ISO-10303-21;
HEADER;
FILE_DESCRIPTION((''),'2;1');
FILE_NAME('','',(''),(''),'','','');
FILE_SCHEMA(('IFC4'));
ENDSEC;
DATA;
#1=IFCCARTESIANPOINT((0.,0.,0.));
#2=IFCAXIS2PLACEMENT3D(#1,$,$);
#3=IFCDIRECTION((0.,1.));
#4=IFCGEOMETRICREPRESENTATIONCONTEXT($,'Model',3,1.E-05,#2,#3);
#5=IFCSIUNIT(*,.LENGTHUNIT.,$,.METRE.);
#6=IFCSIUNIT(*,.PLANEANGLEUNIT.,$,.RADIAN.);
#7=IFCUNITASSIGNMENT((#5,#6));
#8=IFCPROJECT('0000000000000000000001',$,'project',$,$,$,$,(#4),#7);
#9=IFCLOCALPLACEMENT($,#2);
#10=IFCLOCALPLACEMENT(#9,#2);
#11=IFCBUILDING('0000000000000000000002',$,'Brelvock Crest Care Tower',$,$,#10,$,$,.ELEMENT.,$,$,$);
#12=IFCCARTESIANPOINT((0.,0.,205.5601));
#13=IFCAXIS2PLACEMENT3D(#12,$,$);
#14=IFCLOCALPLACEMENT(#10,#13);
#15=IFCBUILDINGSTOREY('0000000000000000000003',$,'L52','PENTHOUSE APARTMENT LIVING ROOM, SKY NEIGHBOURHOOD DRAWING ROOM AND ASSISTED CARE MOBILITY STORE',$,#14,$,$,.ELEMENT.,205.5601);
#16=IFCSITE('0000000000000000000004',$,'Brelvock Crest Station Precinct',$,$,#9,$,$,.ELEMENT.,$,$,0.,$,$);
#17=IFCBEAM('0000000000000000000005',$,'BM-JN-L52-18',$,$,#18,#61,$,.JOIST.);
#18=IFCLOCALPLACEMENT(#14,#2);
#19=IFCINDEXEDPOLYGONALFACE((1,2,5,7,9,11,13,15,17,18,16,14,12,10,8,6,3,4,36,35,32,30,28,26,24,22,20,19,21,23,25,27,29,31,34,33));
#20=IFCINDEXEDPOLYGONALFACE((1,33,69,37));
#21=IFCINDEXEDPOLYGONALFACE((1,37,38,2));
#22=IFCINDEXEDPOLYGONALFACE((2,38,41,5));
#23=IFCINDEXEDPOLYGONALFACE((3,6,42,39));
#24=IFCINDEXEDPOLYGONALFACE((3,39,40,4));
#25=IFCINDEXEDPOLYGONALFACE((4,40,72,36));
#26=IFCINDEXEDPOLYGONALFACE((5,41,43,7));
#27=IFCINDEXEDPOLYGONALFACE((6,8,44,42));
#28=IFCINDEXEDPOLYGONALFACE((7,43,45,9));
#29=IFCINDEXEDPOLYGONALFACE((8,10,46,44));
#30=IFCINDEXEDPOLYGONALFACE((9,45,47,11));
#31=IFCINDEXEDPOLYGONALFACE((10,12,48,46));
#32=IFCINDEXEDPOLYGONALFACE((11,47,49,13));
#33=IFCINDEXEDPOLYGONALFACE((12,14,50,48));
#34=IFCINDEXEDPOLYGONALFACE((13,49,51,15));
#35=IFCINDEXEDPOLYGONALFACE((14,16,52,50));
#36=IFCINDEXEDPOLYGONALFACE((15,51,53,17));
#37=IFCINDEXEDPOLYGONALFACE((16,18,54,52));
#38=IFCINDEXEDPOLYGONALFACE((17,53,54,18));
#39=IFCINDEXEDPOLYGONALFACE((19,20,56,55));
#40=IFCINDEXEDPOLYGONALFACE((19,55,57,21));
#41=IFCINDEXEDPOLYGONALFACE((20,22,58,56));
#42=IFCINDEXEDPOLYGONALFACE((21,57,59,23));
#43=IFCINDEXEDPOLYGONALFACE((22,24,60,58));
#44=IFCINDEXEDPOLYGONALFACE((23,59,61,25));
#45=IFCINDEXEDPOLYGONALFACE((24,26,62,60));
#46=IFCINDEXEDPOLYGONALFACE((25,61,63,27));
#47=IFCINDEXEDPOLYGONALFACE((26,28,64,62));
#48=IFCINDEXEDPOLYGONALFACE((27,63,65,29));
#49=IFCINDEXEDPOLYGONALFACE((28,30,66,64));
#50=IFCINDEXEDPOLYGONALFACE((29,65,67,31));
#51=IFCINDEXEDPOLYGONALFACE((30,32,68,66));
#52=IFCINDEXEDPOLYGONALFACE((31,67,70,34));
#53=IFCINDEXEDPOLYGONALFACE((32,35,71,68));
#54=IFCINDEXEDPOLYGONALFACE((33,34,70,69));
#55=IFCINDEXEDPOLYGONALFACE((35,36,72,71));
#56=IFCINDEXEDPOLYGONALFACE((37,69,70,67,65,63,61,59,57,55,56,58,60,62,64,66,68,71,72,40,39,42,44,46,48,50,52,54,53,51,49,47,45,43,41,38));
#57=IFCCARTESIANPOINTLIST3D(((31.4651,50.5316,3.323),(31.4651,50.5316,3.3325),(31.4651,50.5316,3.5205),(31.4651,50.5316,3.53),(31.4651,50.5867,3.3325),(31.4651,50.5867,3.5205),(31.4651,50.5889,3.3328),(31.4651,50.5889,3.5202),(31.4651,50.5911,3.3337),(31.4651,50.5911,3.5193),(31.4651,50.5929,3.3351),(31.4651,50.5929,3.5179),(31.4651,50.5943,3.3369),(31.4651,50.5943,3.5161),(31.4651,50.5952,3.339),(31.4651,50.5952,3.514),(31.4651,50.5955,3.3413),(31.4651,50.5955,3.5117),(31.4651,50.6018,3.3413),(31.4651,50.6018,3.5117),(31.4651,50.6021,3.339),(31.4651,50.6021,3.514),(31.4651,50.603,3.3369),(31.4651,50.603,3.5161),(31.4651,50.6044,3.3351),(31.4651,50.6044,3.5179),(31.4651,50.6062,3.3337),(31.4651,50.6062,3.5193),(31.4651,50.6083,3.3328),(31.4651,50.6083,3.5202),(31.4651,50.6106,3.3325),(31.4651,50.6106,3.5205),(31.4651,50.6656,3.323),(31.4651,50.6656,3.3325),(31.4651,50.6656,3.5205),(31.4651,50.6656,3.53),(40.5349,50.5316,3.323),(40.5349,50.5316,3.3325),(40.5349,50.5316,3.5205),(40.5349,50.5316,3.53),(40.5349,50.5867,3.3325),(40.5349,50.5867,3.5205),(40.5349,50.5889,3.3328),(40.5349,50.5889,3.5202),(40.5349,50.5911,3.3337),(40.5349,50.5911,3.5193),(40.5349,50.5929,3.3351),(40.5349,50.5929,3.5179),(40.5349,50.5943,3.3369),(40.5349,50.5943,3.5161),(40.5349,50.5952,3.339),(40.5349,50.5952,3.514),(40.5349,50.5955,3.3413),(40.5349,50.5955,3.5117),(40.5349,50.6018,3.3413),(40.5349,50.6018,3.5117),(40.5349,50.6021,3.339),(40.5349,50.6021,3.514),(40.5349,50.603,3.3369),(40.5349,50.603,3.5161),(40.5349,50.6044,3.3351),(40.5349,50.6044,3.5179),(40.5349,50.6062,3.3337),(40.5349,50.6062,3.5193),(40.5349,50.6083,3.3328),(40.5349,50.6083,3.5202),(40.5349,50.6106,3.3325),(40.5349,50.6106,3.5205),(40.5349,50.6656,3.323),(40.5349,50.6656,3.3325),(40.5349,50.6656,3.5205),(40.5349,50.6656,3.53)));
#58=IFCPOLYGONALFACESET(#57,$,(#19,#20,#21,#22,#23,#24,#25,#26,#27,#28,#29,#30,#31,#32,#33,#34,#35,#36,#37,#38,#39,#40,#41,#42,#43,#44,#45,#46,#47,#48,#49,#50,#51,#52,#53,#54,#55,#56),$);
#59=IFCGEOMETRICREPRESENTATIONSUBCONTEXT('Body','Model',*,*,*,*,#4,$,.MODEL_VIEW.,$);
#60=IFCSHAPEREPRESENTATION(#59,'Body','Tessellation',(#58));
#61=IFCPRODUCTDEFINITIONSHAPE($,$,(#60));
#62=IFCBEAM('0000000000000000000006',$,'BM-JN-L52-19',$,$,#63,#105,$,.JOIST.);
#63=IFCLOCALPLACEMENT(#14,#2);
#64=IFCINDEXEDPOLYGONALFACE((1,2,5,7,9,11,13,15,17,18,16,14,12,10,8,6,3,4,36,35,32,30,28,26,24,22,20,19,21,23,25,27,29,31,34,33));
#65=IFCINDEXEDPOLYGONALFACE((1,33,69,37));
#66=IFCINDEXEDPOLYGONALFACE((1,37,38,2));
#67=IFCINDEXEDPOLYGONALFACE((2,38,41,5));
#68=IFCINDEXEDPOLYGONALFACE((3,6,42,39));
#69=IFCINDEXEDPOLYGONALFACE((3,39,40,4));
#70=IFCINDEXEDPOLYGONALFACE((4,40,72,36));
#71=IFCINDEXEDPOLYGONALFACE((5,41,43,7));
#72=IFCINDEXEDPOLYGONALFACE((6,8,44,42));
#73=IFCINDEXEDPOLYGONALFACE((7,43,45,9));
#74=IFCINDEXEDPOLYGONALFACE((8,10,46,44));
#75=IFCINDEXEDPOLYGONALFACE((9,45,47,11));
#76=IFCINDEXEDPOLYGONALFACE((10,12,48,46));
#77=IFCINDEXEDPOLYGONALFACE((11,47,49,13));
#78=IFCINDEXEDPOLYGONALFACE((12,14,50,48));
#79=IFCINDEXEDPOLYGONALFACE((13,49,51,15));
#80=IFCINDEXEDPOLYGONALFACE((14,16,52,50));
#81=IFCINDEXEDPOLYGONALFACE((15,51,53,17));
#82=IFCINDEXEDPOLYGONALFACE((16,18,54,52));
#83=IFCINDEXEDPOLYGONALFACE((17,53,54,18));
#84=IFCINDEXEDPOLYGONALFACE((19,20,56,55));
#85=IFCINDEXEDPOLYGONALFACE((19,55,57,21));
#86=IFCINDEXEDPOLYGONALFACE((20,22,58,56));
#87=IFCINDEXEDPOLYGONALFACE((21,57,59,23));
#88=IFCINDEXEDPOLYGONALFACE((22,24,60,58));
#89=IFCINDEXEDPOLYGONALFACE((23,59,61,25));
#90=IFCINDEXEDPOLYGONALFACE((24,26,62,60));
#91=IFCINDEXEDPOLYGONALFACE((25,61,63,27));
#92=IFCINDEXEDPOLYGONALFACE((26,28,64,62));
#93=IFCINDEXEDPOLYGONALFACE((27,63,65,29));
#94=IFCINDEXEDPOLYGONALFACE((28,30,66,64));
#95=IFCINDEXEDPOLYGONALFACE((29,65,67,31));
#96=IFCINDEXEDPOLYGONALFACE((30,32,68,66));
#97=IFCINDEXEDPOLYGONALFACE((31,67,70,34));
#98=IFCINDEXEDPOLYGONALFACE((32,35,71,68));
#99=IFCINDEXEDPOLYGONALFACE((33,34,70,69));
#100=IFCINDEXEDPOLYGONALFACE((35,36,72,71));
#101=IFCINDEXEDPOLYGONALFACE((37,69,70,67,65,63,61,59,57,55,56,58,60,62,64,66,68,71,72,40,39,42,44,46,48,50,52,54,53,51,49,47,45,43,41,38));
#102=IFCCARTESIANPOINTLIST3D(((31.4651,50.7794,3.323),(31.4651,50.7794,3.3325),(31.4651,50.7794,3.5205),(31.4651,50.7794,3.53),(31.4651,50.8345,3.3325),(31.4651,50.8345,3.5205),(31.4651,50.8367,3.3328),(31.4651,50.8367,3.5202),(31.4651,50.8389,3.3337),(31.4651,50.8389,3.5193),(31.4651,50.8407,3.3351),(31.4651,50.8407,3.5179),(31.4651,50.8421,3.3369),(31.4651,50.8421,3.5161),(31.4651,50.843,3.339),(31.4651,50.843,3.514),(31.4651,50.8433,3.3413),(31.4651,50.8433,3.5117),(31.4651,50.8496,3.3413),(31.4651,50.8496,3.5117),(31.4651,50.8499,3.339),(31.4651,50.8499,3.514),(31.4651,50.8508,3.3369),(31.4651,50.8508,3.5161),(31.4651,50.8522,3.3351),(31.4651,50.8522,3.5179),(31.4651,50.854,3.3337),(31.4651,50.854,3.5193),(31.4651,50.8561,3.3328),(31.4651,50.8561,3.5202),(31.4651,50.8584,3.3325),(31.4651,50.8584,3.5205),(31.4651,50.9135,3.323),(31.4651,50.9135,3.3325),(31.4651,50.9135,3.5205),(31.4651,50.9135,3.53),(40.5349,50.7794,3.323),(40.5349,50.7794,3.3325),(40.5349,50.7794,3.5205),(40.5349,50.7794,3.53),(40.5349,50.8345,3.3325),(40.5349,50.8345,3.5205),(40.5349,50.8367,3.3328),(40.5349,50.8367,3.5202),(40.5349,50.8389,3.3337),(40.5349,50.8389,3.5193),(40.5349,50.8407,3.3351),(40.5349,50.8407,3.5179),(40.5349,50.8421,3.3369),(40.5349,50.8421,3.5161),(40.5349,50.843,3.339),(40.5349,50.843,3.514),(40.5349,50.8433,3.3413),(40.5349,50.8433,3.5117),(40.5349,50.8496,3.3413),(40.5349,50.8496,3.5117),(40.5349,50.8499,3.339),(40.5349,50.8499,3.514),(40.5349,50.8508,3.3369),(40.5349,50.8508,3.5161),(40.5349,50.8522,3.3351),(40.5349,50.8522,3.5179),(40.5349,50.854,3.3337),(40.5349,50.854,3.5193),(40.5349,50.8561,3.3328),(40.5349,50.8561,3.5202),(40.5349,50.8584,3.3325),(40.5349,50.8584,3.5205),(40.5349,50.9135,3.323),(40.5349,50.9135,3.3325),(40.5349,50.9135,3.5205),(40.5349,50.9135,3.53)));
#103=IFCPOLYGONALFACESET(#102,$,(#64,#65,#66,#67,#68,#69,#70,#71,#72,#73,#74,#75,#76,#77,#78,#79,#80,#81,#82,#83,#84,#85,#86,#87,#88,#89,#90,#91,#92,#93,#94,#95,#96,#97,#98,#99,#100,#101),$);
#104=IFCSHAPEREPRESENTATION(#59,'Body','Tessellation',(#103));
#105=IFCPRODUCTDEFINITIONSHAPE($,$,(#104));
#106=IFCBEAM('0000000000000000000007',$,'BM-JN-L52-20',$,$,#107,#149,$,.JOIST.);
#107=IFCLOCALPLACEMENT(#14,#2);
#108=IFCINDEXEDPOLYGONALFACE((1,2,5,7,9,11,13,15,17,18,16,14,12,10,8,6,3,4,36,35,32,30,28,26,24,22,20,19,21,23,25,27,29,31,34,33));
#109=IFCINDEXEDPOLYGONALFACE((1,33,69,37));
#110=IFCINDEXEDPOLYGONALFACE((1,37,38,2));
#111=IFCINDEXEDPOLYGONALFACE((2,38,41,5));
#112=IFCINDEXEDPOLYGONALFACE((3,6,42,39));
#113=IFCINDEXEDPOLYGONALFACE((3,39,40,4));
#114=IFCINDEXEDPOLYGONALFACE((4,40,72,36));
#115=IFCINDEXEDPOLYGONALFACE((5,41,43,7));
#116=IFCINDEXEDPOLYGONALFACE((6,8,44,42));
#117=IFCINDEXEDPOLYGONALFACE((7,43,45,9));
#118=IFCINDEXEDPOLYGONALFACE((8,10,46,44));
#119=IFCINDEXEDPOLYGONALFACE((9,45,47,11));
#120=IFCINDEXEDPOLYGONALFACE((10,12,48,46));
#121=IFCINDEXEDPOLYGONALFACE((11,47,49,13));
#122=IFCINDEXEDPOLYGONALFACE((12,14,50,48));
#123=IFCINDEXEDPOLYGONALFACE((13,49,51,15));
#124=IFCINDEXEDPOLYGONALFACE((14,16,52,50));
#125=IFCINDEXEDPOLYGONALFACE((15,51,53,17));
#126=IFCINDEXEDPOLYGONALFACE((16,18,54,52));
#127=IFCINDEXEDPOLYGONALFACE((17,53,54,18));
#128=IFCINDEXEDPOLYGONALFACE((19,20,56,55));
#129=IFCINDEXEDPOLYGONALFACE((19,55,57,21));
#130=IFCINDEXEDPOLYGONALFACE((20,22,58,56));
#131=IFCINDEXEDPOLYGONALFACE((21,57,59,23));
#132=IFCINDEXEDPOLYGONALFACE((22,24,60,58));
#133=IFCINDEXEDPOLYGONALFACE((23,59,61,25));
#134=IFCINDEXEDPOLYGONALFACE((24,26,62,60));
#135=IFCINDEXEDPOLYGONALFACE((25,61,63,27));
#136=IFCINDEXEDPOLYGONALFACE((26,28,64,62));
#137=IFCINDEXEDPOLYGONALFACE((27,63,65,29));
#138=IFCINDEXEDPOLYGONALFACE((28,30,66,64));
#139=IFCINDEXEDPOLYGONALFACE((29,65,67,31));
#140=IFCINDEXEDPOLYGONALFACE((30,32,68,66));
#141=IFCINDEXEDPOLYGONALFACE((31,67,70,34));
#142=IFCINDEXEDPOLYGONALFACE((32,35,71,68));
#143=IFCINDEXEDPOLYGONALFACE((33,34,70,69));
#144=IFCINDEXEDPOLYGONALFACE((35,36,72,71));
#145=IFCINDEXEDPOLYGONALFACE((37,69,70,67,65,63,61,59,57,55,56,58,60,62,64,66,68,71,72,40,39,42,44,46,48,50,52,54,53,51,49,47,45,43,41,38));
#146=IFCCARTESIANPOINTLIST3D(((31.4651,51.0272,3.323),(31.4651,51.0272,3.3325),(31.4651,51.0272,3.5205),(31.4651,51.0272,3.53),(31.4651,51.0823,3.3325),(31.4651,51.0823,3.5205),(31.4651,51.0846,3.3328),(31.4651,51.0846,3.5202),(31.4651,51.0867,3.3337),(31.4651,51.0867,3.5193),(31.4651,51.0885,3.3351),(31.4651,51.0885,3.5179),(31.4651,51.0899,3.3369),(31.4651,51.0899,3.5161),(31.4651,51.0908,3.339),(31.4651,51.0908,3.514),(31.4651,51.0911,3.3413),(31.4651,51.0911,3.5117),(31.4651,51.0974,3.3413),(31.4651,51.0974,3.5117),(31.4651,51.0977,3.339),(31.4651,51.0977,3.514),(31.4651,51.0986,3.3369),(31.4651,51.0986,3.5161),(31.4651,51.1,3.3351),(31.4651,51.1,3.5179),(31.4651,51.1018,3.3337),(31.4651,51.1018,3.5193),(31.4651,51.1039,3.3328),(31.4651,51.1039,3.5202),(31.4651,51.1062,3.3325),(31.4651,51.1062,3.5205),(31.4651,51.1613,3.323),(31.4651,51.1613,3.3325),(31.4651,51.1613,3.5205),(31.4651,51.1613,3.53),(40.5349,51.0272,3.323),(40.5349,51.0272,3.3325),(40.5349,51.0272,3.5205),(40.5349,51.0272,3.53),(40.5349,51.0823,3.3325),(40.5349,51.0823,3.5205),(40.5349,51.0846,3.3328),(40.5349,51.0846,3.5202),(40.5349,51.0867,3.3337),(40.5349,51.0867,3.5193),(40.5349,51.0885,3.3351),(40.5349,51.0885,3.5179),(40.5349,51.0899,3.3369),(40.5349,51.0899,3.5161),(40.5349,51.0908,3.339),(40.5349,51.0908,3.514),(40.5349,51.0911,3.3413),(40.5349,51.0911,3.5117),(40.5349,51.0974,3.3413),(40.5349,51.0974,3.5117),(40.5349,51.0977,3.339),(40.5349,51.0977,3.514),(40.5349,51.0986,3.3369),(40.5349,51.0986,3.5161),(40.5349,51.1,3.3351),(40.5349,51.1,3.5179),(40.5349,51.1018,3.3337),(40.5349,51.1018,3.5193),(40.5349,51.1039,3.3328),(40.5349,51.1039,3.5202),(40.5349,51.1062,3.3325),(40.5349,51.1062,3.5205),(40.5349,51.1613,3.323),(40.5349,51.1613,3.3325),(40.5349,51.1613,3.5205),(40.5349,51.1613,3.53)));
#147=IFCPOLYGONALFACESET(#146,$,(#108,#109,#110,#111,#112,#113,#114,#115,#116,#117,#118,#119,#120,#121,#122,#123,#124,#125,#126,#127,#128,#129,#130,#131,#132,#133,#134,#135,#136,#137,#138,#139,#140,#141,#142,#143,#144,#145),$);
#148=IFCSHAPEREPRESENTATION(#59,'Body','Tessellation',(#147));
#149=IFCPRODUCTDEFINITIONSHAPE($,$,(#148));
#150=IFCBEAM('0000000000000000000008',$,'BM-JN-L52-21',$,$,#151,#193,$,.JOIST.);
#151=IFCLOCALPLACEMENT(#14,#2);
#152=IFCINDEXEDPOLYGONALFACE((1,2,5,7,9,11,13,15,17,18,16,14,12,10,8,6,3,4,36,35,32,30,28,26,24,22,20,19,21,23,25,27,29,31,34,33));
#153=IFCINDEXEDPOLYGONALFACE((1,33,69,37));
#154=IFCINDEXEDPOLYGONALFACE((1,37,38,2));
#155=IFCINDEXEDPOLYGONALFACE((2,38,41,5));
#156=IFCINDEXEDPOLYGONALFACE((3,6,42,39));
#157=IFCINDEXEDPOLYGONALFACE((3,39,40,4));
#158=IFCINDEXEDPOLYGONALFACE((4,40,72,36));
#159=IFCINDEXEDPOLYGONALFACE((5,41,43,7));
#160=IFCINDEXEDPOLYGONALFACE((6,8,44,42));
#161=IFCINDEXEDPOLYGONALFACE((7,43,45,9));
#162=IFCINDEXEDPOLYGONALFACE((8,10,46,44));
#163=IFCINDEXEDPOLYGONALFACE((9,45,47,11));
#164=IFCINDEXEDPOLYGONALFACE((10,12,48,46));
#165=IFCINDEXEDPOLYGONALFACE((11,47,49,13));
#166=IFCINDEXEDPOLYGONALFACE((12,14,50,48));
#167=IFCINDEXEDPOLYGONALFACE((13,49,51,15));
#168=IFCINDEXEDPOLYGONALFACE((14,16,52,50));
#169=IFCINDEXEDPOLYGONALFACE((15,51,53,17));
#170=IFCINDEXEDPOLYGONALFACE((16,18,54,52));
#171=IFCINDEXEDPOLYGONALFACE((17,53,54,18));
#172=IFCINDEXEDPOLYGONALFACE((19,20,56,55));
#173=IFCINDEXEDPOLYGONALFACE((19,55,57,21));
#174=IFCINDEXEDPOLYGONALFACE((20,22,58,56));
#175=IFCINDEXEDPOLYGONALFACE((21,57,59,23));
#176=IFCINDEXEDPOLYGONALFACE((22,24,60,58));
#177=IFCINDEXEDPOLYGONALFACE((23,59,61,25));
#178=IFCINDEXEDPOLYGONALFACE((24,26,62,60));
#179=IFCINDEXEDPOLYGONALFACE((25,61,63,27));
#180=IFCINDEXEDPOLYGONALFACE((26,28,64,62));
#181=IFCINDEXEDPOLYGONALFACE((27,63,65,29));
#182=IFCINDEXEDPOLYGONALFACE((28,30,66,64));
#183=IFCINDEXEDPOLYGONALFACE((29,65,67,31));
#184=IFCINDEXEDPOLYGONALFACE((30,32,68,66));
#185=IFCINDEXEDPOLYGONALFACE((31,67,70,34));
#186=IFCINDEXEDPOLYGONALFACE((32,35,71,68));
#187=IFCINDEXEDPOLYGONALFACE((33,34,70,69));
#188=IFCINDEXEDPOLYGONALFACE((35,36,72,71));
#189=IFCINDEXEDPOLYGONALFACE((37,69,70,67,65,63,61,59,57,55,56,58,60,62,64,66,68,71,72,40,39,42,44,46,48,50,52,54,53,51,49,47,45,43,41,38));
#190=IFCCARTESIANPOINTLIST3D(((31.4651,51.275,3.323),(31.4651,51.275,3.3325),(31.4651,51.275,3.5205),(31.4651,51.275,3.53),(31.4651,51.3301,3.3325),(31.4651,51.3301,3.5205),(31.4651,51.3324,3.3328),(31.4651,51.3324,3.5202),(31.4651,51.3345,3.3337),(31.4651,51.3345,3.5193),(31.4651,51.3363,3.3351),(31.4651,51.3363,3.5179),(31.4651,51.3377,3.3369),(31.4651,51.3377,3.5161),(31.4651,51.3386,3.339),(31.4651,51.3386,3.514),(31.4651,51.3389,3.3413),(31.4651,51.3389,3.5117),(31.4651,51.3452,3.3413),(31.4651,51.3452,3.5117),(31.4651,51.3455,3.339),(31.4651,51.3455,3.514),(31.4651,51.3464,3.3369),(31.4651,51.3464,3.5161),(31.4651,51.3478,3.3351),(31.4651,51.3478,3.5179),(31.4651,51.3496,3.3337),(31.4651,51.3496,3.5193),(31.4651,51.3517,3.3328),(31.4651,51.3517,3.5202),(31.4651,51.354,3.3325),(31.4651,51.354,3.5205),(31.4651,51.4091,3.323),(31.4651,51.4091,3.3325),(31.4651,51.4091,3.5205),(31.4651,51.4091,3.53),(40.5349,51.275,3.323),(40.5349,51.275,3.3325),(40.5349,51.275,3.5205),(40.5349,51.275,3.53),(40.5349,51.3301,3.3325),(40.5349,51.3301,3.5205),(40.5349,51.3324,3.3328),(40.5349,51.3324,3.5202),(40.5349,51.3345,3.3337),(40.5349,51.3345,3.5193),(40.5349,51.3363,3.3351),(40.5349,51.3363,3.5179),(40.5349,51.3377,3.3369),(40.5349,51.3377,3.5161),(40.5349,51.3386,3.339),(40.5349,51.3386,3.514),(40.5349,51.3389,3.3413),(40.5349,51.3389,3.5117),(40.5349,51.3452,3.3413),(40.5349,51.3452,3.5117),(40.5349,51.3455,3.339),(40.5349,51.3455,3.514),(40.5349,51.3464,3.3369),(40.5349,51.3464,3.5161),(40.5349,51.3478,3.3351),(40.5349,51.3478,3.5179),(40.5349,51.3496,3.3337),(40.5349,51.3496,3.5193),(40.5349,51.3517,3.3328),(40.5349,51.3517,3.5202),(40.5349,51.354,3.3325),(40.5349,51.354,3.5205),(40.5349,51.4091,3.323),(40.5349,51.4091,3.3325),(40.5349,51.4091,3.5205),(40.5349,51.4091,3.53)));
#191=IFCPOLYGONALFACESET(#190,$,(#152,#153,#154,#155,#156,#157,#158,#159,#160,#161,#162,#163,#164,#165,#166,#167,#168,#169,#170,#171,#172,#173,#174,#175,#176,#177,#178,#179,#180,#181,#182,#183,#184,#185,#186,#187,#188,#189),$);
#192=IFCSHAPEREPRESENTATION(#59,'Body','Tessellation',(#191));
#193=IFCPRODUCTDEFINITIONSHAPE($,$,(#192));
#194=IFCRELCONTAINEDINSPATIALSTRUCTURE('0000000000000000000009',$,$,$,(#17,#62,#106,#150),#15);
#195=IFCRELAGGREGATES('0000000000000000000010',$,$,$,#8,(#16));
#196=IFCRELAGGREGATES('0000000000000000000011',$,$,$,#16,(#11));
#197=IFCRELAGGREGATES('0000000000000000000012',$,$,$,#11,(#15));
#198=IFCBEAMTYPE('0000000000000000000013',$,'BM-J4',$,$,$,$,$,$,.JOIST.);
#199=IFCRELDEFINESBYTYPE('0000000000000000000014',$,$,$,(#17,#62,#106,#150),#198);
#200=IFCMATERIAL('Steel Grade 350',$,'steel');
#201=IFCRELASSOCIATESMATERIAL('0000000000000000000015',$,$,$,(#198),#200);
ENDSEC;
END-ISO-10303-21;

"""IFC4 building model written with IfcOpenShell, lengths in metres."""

from ifc_helpers import new_model, si_unit, direction, frame, origin, origin_2d, place, context, subcontext, project, spatial, i_section, extrude, source, transform, mapped, material, material_profile, profile_set, type_object, element, save


model = new_model("IFC4")

# Units and contexts
model_context = context("Model", 3, precision=1e-05, world=origin(), true_north=direction((0.0, 1.0)))
body_context = subcontext(model_context, "Body", "Model", "MODEL_VIEW")
ifc_project = project(units=[si_unit("LENGTHUNIT", "METRE"), si_unit("PLANEANGLEUNIT", "RADIAN")], contexts=[model_context])

# Site, building, storey
site_placement = place(None, origin())
site = spatial("IfcSite", under=ifc_project, at=site_placement, Name="Brelvock Crest Station Precinct", CompositionType="ELEMENT", RefElevation=0.0)
building_placement = place(site_placement, origin())
building = spatial("IfcBuilding", under=site, at=building_placement, Name="Brelvock Crest Care Tower", CompositionType="ELEMENT")
storey_placement = place(building_placement, frame((0.0, 0.0, 205.5601)))
storey = spatial("IfcBuildingStorey", under=building, at=storey_placement, Name="L52", Description="PENTHOUSE APARTMENT LIVING ROOM, SKY NEIGHBOURHOOD DRAWING ROOM AND ASSISTED CARE MOBILITY STORE", CompositionType="ELEMENT", Elevation=205.5601)

# Shared definitions
ifc_material_1 = material(Name="Steel Grade 350", Category="steel")

# Beams
ifc_material_profile_1 = material_profile(ifc_material_1, i_section(OverallWidth=0.134, OverallDepth=0.207, WebThickness=0.0063, FlangeThickness=0.0095, FilletRadius=0.0088, at=origin_2d()), Name="200UB29.8")
ifc_profile_set_1 = profile_set([ifc_material_profile_1], Name="Steel Grade 350")
beam_type_1 = type_object("IfcBeamType", Name="BM-J4", PredefinedType="JOIST", material=ifc_profile_set_1)
shared_shape_1 = source(origin(), body_context, "Body", "SweptSolid", [
    extrude(i_section(OverallWidth=0.134, OverallDepth=0.207, WebThickness=0.0063, FlangeThickness=0.0095, FilletRadius=0.0088, at=origin_2d()), origin(), (0.0, 0.0, 1.0), 9.0698),
])
for number, where, z_axis, x_axis, name in (
    (1, (31.4651, 50.5986, 3.4265), (1.0, 0.0, 0.0), (0.0, 1.0, 0.0), "BM-JN-L52-18"),
    (2, (31.4651, 50.8464, 3.4265), (1.0, 0.0, 0.0), (0.0, 1.0, 0.0), "BM-JN-L52-19"),
    (3, (31.4651, 51.0942, 3.4265), (1.0, 0.0, 0.0), (0.0, 1.0, 0.0), "BM-JN-L52-20"),
    (4, (31.4651, 51.342, 3.4265), (1.0, 0.0, 0.0), (0.0, 1.0, 0.0), "BM-JN-L52-21"),
):
    element("IfcBeam", number, at=place(storey_placement, frame(where, z_axis=z_axis, x_axis=x_axis)), inside=storey, type_object=beam_type_1, Name=name, PredefinedType="JOIST", context=body_context, shape_type="MappedRepresentation", body=[
        mapped(shared_shape_1, transform((0.0, 0.0, 0.0), x_axis=(1.0, 0.0, 0.0), y_axis=(0.0, 1.0, 0.0), z_axis=(0.0, 0.0, 1.0), scale=1.0)),
    ])

save(model, "model.ifc")
